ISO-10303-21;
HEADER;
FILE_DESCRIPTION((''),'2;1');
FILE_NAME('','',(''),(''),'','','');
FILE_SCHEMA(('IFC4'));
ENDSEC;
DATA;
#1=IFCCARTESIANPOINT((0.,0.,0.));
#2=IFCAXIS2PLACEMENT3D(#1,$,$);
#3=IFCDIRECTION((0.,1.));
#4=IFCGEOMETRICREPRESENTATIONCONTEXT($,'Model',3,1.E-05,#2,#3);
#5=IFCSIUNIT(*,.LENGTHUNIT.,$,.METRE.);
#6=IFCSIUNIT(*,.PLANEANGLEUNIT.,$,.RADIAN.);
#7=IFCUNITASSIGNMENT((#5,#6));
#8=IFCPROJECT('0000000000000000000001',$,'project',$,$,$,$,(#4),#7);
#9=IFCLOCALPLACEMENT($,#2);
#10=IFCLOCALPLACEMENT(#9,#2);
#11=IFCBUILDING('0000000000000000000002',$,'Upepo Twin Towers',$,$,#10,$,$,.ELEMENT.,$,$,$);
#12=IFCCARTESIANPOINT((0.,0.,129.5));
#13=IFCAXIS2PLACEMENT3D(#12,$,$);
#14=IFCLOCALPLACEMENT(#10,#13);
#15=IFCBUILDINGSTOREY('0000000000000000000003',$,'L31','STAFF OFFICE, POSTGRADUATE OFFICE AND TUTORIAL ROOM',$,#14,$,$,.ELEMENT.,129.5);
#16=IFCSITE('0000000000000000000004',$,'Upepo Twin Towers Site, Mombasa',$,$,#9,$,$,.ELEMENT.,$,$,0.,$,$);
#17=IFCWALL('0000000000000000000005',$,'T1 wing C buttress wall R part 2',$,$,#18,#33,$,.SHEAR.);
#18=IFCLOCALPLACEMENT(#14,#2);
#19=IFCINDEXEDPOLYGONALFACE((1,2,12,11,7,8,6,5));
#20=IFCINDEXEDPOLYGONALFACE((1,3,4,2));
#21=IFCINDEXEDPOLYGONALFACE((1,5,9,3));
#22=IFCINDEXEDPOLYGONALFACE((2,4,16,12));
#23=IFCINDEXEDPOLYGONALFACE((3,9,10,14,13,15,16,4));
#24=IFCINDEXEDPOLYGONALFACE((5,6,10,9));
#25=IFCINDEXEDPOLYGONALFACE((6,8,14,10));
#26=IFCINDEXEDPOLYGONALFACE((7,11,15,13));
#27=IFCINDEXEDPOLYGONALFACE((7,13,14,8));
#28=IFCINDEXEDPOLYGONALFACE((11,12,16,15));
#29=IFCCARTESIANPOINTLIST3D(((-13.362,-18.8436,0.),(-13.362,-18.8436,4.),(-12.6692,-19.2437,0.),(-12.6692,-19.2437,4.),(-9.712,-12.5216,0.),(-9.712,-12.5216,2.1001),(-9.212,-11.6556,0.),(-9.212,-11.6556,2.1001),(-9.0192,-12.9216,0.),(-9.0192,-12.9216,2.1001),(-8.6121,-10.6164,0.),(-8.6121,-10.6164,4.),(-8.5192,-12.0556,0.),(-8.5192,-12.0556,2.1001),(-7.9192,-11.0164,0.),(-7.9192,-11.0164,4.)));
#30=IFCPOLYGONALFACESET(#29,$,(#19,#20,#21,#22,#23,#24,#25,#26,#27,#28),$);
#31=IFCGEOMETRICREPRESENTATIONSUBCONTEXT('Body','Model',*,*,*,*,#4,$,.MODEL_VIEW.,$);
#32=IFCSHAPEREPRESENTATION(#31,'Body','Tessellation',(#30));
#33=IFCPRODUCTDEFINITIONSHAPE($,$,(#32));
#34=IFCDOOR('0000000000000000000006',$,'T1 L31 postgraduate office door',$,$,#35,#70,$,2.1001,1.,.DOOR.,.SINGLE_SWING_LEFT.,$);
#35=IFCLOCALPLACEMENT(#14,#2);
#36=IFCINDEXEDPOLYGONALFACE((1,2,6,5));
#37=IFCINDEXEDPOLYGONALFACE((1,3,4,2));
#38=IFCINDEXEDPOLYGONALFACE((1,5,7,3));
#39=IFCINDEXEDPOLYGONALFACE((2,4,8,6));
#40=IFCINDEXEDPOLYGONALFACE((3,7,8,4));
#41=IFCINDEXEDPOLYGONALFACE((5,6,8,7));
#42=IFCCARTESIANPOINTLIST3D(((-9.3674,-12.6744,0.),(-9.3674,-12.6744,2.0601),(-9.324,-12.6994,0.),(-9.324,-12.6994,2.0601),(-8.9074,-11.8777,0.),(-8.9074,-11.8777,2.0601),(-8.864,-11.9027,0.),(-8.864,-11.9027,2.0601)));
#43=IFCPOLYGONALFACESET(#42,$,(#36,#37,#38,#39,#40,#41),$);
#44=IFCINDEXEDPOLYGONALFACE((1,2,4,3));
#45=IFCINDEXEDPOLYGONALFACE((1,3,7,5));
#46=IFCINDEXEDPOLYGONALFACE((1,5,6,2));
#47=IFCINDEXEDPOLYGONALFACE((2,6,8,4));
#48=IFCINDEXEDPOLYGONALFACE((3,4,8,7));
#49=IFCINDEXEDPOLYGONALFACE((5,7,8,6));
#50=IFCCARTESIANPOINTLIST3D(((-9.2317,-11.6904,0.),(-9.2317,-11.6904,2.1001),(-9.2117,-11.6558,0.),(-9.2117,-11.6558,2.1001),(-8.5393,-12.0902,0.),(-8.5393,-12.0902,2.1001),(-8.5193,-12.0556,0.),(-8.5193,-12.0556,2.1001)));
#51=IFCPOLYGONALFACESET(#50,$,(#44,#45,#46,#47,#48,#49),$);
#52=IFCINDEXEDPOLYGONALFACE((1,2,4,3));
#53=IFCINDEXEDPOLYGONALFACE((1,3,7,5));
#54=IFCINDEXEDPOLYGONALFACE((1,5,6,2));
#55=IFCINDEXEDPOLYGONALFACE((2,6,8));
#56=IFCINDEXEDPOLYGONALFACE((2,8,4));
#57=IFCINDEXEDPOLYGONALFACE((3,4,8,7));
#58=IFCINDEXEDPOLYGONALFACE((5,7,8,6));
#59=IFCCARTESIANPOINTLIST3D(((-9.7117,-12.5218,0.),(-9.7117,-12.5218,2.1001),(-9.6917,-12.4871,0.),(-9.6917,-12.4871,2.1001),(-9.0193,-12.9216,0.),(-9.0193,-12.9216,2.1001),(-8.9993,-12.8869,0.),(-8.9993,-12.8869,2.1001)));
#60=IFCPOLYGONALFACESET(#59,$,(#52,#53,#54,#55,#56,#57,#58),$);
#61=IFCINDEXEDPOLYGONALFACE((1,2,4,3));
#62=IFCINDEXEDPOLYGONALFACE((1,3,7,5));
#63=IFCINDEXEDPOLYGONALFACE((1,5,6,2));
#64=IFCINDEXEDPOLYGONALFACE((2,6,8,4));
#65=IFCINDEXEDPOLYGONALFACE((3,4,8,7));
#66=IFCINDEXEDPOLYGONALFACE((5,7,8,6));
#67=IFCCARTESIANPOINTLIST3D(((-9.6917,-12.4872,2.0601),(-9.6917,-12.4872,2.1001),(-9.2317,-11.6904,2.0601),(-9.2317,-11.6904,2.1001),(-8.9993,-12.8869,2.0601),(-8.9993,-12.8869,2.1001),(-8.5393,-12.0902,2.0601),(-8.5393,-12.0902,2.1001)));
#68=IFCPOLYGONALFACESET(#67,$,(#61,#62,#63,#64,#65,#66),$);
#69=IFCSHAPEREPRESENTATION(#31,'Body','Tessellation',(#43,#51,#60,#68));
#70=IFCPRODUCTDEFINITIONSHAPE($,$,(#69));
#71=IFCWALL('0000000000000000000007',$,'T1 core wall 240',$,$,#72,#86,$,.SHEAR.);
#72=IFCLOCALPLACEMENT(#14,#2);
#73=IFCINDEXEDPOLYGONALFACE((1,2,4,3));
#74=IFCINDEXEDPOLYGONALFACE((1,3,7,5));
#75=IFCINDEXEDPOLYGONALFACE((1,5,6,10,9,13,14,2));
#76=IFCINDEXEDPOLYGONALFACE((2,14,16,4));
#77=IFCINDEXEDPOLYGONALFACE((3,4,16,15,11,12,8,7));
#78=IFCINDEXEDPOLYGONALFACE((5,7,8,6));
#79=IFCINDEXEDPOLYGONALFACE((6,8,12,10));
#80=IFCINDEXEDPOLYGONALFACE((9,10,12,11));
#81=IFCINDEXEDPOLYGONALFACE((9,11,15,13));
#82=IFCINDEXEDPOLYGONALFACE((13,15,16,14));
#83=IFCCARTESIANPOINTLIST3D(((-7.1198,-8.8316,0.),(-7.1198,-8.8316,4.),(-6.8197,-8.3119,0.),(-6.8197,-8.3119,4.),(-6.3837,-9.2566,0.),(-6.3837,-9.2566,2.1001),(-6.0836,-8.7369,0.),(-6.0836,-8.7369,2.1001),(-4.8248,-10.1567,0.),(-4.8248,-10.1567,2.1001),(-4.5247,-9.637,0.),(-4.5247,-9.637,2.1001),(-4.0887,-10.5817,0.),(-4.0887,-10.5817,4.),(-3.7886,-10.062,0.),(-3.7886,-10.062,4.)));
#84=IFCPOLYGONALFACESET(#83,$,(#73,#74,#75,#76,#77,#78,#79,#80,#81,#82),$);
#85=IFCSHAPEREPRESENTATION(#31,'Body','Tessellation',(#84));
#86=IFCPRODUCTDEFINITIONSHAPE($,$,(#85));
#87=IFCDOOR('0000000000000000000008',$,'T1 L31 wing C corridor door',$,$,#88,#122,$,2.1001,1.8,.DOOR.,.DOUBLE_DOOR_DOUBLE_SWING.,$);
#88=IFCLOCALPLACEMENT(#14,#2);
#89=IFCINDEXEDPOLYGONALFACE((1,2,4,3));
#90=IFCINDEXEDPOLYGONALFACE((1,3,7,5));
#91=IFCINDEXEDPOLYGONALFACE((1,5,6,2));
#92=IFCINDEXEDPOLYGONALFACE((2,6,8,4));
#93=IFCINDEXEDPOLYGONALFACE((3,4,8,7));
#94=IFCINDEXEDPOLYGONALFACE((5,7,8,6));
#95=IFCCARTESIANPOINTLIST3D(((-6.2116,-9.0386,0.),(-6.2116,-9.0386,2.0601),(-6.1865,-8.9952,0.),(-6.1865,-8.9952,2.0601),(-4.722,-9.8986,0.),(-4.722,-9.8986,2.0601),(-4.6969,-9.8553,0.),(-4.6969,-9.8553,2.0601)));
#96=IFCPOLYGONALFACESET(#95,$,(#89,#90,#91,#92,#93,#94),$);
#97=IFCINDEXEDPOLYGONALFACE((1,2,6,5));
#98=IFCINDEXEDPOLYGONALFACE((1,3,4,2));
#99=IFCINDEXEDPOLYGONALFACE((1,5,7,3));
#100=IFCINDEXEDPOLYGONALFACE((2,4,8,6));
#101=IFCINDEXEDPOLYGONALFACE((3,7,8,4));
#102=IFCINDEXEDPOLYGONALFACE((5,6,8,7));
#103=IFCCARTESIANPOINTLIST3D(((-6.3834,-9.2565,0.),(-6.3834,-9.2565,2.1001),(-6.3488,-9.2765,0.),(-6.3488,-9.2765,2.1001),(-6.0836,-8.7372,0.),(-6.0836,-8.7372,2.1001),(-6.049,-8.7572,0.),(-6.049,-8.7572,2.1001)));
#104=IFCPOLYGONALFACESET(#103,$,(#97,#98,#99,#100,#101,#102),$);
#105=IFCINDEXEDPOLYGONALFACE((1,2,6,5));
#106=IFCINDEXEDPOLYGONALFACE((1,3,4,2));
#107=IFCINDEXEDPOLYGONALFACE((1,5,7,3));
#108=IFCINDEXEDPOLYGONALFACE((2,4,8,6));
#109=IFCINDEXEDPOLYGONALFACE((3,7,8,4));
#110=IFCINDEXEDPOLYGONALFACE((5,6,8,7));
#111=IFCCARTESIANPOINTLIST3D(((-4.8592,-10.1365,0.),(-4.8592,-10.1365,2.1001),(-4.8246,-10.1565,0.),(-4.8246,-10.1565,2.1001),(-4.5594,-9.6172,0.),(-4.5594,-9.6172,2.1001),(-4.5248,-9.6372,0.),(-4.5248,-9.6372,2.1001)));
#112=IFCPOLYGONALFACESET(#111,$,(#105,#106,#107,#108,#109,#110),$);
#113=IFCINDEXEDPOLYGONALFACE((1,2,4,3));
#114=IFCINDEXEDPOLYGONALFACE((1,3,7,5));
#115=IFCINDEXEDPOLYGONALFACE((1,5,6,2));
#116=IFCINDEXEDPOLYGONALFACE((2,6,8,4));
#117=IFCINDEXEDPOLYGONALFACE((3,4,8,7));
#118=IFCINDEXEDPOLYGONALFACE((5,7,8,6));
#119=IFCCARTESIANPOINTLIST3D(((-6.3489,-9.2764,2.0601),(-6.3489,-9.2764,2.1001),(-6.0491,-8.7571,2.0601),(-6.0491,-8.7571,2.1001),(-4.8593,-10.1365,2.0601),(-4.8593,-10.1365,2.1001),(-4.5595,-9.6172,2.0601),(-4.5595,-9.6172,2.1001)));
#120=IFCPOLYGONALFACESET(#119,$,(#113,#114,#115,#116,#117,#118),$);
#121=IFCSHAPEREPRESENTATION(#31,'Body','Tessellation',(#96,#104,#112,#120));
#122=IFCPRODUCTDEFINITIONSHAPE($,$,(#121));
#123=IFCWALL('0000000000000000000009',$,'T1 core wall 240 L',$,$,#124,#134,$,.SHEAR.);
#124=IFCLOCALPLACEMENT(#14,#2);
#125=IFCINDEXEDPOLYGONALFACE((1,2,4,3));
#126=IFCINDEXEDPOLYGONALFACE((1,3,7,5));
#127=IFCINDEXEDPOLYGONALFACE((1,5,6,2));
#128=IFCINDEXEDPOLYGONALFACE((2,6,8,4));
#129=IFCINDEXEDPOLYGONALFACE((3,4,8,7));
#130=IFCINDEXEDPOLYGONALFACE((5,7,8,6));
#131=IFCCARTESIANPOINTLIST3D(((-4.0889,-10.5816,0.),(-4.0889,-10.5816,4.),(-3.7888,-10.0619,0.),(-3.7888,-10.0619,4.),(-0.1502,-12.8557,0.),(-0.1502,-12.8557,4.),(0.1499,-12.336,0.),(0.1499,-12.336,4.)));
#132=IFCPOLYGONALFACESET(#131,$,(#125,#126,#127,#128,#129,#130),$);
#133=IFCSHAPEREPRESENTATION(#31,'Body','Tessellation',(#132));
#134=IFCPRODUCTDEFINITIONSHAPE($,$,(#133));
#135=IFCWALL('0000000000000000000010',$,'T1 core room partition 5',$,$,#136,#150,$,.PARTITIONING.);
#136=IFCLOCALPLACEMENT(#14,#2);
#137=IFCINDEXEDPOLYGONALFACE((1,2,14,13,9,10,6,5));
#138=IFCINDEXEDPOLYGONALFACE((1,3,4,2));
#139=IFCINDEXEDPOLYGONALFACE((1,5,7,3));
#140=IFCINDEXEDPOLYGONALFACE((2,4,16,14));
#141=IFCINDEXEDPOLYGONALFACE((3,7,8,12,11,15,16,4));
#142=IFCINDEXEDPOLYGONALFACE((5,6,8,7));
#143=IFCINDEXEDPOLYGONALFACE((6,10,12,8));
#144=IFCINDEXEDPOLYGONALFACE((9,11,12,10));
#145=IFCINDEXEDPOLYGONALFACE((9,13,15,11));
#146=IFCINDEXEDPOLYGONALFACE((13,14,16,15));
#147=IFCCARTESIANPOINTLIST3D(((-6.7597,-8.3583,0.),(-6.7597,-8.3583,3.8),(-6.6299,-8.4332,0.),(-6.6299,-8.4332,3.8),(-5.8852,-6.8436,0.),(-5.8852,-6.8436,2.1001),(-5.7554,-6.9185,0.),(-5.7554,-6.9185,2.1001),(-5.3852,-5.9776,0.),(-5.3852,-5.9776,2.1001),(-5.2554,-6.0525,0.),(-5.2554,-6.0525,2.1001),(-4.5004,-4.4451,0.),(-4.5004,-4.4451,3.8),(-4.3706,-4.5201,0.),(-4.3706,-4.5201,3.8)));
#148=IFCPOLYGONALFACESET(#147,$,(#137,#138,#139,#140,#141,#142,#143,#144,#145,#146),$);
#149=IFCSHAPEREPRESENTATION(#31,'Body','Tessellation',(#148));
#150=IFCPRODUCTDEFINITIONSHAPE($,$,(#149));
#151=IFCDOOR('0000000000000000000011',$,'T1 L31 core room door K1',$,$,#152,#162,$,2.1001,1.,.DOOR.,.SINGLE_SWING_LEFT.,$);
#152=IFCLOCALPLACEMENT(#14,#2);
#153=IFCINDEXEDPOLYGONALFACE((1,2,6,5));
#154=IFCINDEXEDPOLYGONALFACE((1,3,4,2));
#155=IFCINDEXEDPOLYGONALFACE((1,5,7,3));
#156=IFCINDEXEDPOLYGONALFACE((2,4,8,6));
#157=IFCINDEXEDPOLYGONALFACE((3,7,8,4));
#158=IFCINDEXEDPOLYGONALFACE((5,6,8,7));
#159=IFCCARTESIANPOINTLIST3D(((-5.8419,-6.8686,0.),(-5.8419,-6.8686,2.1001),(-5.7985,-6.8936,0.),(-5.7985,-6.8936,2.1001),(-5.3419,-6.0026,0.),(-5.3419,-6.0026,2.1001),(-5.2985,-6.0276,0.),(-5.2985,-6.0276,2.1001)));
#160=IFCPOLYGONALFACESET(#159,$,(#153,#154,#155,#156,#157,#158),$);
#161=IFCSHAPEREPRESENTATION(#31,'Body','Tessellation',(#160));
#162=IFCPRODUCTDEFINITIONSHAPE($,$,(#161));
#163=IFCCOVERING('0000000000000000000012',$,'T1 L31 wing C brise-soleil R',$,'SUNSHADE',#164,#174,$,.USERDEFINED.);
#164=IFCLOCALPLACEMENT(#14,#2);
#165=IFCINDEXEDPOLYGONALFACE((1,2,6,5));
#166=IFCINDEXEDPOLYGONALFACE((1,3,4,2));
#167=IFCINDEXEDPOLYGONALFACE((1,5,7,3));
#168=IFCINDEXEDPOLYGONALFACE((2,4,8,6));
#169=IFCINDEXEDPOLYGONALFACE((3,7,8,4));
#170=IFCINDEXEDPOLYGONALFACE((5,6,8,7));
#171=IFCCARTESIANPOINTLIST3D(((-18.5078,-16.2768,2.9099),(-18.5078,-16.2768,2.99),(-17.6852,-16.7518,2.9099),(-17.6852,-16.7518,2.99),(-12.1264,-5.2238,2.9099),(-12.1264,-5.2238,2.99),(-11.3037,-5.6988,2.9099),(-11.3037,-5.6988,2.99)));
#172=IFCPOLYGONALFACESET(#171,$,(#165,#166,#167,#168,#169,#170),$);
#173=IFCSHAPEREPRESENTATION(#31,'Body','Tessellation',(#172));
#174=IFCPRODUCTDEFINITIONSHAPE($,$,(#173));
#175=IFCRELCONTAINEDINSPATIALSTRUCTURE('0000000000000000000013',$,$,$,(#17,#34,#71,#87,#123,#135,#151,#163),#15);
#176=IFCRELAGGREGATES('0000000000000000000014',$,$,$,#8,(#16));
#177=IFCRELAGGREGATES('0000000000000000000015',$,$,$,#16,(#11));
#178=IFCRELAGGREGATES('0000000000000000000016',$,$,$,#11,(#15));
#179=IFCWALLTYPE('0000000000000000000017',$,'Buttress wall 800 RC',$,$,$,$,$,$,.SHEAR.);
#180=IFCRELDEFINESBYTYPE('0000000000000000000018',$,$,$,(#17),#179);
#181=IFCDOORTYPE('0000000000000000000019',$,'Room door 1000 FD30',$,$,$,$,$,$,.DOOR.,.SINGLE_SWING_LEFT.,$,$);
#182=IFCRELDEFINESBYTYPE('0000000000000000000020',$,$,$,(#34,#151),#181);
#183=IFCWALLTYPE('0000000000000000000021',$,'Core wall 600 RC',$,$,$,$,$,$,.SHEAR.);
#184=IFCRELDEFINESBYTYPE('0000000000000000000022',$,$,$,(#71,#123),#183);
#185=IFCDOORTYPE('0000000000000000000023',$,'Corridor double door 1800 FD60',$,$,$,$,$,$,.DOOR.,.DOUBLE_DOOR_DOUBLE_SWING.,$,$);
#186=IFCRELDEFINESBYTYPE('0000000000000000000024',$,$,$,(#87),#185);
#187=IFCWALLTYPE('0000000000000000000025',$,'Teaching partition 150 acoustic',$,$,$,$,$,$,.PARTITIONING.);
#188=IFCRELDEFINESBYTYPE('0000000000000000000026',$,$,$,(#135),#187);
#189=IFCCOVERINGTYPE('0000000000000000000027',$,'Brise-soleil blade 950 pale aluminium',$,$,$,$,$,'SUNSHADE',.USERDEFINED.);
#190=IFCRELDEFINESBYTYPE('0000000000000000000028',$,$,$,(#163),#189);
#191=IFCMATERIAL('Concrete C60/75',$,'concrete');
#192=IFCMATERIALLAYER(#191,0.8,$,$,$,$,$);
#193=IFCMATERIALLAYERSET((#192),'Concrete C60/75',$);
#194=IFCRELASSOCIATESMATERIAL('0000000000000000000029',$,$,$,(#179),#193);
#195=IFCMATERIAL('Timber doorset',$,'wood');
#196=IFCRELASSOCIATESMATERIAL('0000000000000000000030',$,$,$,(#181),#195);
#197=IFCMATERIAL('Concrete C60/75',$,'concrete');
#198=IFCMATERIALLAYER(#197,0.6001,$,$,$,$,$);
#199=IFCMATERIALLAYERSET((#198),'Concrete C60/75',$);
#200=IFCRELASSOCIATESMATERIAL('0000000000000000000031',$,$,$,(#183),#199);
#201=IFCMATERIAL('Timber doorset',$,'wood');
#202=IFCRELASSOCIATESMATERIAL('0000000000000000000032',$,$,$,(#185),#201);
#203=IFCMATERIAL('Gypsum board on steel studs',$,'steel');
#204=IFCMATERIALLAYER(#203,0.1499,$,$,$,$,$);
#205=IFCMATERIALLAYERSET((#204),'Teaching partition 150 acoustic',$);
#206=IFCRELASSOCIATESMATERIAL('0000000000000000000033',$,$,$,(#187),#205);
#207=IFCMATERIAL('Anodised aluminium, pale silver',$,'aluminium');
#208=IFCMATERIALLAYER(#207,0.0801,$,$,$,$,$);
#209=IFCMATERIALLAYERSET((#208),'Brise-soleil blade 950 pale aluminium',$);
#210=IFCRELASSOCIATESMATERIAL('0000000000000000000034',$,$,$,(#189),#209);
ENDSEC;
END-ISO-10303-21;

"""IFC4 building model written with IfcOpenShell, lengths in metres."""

from ifc_helpers import new_model, si_unit, direction, frame, frame_2d, origin, origin_2d, place, context, subcontext, project, spatial, rectangle, extrude, material, layer, layer_set, type_object, element, fill, save


model = new_model("IFC4")

# Units and contexts
model_context = context("Model", 3, precision=1e-05, world=origin(), true_north=direction((0.0, 1.0)))
body_context = subcontext(model_context, "Body", "Model", "MODEL_VIEW")
ifc_project = project(units=[si_unit("LENGTHUNIT", "METRE"), si_unit("PLANEANGLEUNIT", "RADIAN")], contexts=[model_context])

# Site, building, storey
site_placement = place(None, origin())
site = spatial("IfcSite", under=ifc_project, at=site_placement, Name="Upepo Twin Towers Site, Mombasa", CompositionType="ELEMENT", RefElevation=0.0)
building_placement = place(site_placement, origin())
building = spatial("IfcBuilding", under=site, at=building_placement, Name="Upepo Twin Towers", CompositionType="ELEMENT")
storey_placement = place(building_placement, frame((0.0, 0.0, 129.5)))
storey = spatial("IfcBuildingStorey", under=building, at=storey_placement, Name="L31", Description="STAFF OFFICE, POSTGRADUATE OFFICE AND TUTORIAL ROOM", CompositionType="ELEMENT", Elevation=129.5)

# Walls, openings, doors
ifc_material_1 = material(Name="Concrete C60/75", Category="concrete")
ifc_layer_1 = layer(ifc_material_1, 0.8)
ifc_layer_set_1 = layer_set([ifc_layer_1], Name="Concrete C60/75")
wall_type_1 = type_object("IfcWallType", Name="Buttress wall 800 RC", PredefinedType="SHEAR", material=ifc_layer_set_1)
ifc_material_2 = material(Name="Timber doorset", Category="wood")
door_type_1 = type_object("IfcDoorType", Name="Room door 1000 FD30", OperationType="SINGLE_SWING_LEFT", PredefinedType="DOOR", material=ifc_material_2)
wall_1_placement = place(storey_placement, frame((-8.2656, -10.8164, 0.0), z_axis=(0.0, 0.0, 1.0), x_axis=(-0.499998, -0.866027, 0.0)))
wall_1 = element("IfcWall", 1, at=wall_1_placement, inside=storey, type_object=wall_type_1, Name="T1 wing C buttress wall R part 2", PredefinedType="SHEAR", context=body_context, shape_type="SweptSolid", body=[
    extrude(rectangle(XDim=9.5, YDim=0.8, at=frame_2d((4.75, 0.0))), origin(), (0.0, 0.0, 1.0), 4.0),
])
opening_1_placement = place(wall_1_placement, frame((1.2, 0.0, 0.0)))
opening_1 = element("IfcOpeningElement", 2, at=opening_1_placement, cuts=wall_1, PredefinedType="OPENING", context=body_context, shape_type="SweptSolid", body=[
    extrude(rectangle(XDim=1.0, YDim=2.1001, at=frame_2d((0.5, 1.05))), frame((0.0, 0.4099, 0.0), z_axis=(0.0, -1.0, 0.0), x_axis=(1.0, 0.0, 0.0)), (0.0, 0.0, 1.0), 0.8201),
])
door_1_placement = place(opening_1_placement, origin())
door_1 = element("IfcDoor", 3, at=door_1_placement, inside=storey, type_object=door_type_1, Name="T1 L31 postgraduate office door", OperationType="SINGLE_SWING_LEFT", OverallHeight=2.1001, OverallWidth=1.0, PredefinedType="DOOR", context=body_context, shape_type="SweptSolid", body=[
    extrude(rectangle(XDim=0.92, YDim=2.0601, at=frame_2d((0.5, 1.03))), frame((0.0, 0.0249, 0.0), z_axis=(0.0, -1.0, 0.0), x_axis=(1.0, 0.0, 0.0)), (0.0, 0.0, 1.0), 0.05),
    extrude(rectangle(XDim=0.04, YDim=2.1001, at=frame_2d((0.02, 1.05))), frame((0.0, 0.3999, 0.0), z_axis=(0.0, -1.0, 0.0), x_axis=(1.0, 0.0, 0.0)), (0.0, 0.0, 1.0), 0.7996),
    extrude(rectangle(XDim=0.04, YDim=2.1001, at=frame_2d((0.98, 1.05))), frame((0.0, 0.3999, 0.0), z_axis=(0.0, -1.0, 0.0), x_axis=(1.0, 0.0, 0.0)), (0.0, 0.0, 1.0), 0.7996),
    extrude(rectangle(XDim=0.92, YDim=0.04, at=frame_2d((0.5, 2.0801))), frame((0.0, 0.3999, 0.0), z_axis=(0.0, -1.0, 0.0), x_axis=(1.0, 0.0, 0.0)), (0.0, 0.0, 1.0), 0.7996),
])
fill(opening_1, door_1)
ifc_material_3 = material(Name="Concrete C60/75", Category="concrete")
ifc_layer_2 = layer(ifc_material_3, 0.6001)
ifc_layer_set_2 = layer_set([ifc_layer_2], Name="Concrete C60/75")
wall_type_2 = type_object("IfcWallType", Name="Core wall 600 RC", PredefinedType="SHEAR", material=ifc_layer_set_2)
wall_2_placement = place(storey_placement, frame((-6.9697, -8.5718, 0.0), z_axis=(0.0, 0.0, 1.0), x_axis=(0.866019, -0.50001, 0.0)))
wall_2 = element("IfcWall", 4, at=wall_2_placement, inside=storey, type_object=wall_type_2, Name="T1 core wall 240", PredefinedType="SHEAR", context=body_context, shape_type="SweptSolid", body=[
    extrude(rectangle(XDim=3.5, YDim=0.6001, at=frame_2d((1.75, 0.0))), origin(), (0.0, 0.0, 1.0), 4.0),
])
opening_2_placement = place(wall_2_placement, frame((0.8501, 0.0, 0.0)))
opening_2 = element("IfcOpeningElement", 5, at=opening_2_placement, cuts=wall_2, PredefinedType="OPENING", context=body_context, shape_type="SweptSolid", body=[
    extrude(rectangle(XDim=1.8, YDim=2.1001, at=frame_2d((0.8999, 1.05))), frame((0.0, 0.3101, 0.0), z_axis=(0.0, -1.0, 0.0), x_axis=(1.0, 0.0, 0.0)), (0.0, 0.0, 1.0), 0.6201),
])
ifc_material_4 = material(Name="Timber doorset", Category="wood")
door_type_2 = type_object("IfcDoorType", Name="Corridor double door 1800 FD60", OperationType="DOUBLE_DOOR_DOUBLE_SWING", PredefinedType="DOOR", material=ifc_material_4)
door_2_placement = place(opening_2_placement, origin())
door_2 = element("IfcDoor", 6, at=door_2_placement, inside=storey, type_object=door_type_2, Name="T1 L31 wing C corridor door", OperationType="DOUBLE_DOOR_DOUBLE_SWING", OverallHeight=2.1001, OverallWidth=1.8, PredefinedType="DOOR", context=body_context, shape_type="SweptSolid", body=[
    extrude(rectangle(XDim=1.72, YDim=2.0601, at=frame_2d((0.8999, 1.03))), frame((0.0, 0.0249, 0.0), z_axis=(0.0, -1.0, 0.0), x_axis=(1.0, 0.0, 0.0)), (0.0, 0.0, 1.0), 0.05),
    extrude(rectangle(XDim=0.04, YDim=2.1001, at=frame_2d((0.02, 1.05))), frame((0.0, 0.2998, 0.0), z_axis=(0.0, -1.0, 0.0), x_axis=(1.0, 0.0, 0.0)), (0.0, 0.0, 1.0), 0.5996),
    extrude(rectangle(XDim=0.04, YDim=2.1001, at=frame_2d((1.78, 1.05))), frame((0.0, 0.2998, 0.0), z_axis=(0.0, -1.0, 0.0), x_axis=(1.0, 0.0, 0.0)), (0.0, 0.0, 1.0), 0.5996),
    extrude(rectangle(XDim=1.72, YDim=0.04, at=frame_2d((0.8999, 2.0801))), frame((0.0, 0.2998, 0.0), z_axis=(0.0, -1.0, 0.0), x_axis=(1.0, 0.0, 0.0)), (0.0, 0.0, 1.0), 0.5996),
])
fill(opening_2, door_2)

# Wall
wall_3_placement = place(storey_placement, frame((-3.9387, -10.3218, 0.0), z_axis=(0.0, 0.0, 1.0), x_axis=(0.866011, -0.500024, 0.0)))
element("IfcWall", 7, at=wall_3_placement, inside=storey, type_object=wall_type_2, Name="T1 core wall 240 L", PredefinedType="SHEAR", context=body_context, shape_type="SweptSolid", body=[
    extrude(rectangle(XDim=4.5481, YDim=0.6001, at=frame_2d((2.2739, 0.0))), origin(), (0.0, 0.0, 1.0), 4.0),
])

# Wall, opening, door
ifc_material_5 = material(Name="Gypsum board on steel studs", Category="steel")
ifc_layer_3 = layer(ifc_material_5, 0.1499)
ifc_layer_set_3 = layer_set([ifc_layer_3], Name="Teaching partition 150 acoustic")
wall_type_3 = type_object("IfcWallType", Name="Teaching partition 150 acoustic", PredefinedType="PARTITIONING", material=ifc_layer_set_3)
wall_4_placement = place(storey_placement, frame((-6.6948, -8.3958, 0.0), z_axis=(0.0, 0.0, 1.0), x_axis=(0.500009, 0.86602, 0.0)))
wall_4 = element("IfcWall", 8, at=wall_4_placement, inside=storey, type_object=wall_type_3, Name="T1 core room partition 5", PredefinedType="PARTITIONING", context=body_context, shape_type="SweptSolid", body=[
    extrude(rectangle(XDim=4.5186, YDim=0.1499, at=frame_2d((2.2593, 0.0))), origin(), (0.0, 0.0, 1.0), 3.8),
])
opening_3_placement = place(wall_4_placement, frame((1.749, 0.0, 0.0)))
opening_3 = element("IfcOpeningElement", 9, at=opening_3_placement, cuts=wall_4, PredefinedType="OPENING", context=body_context, shape_type="SweptSolid", body=[
    extrude(rectangle(XDim=1.0, YDim=2.1001, at=frame_2d((0.5, 1.05))), frame((0.0, 0.085, 0.0), z_axis=(0.0, -1.0, 0.0), x_axis=(1.0, 0.0, 0.0)), (0.0, 0.0, 1.0), 0.1699),
])
door_3_placement = place(opening_3_placement, origin())
door_3 = element("IfcDoor", 10, at=door_3_placement, inside=storey, type_object=door_type_1, Name="T1 L31 core room door K1", OperationType="SINGLE_SWING_LEFT", OverallHeight=2.1001, OverallWidth=1.0, PredefinedType="DOOR", context=body_context, shape_type="SweptSolid", body=[
    extrude(rectangle(XDim=1.0, YDim=2.1001, at=frame_2d((0.5, 1.05))), frame((0.0, 0.0249, 0.0), z_axis=(0.0, -1.0, 0.0), x_axis=(1.0, 0.0, 0.0)), (0.0, 0.0, 1.0), 0.05),
])
fill(opening_3, door_3)

# Covering
ifc_material_6 = material(Name="Anodised aluminium, pale silver", Category="aluminium")
ifc_layer_4 = layer(ifc_material_6, 0.0801)
ifc_layer_set_4 = layer_set([ifc_layer_4], Name="Brise-soleil blade 950 pale aluminium")
covering_type = type_object("IfcCoveringType", Name="Brise-soleil blade 950 pale aluminium", ElementType="SUNSHADE", PredefinedType="USERDEFINED", material=ifc_layer_set_4)
covering_placement = place(storey_placement, frame((-14.9058, -10.9878, 2.9099), z_axis=(0.0, 0.0, 1.0), x_axis=(-0.5, -0.866025, 0.0)))
element("IfcCovering", 11, at=covering_placement, inside=storey, type_object=covering_type, Name="T1 L31 wing C brise-soleil R", ObjectType="SUNSHADE", PredefinedType="USERDEFINED", context=body_context, shape_type="SweptSolid", body=[
    extrude(rectangle(XDim=12.7629, YDim=0.95, at=origin_2d()), origin(), (0.0, 0.0, 1.0), 0.0801),
])

save(model, "model.ifc")
